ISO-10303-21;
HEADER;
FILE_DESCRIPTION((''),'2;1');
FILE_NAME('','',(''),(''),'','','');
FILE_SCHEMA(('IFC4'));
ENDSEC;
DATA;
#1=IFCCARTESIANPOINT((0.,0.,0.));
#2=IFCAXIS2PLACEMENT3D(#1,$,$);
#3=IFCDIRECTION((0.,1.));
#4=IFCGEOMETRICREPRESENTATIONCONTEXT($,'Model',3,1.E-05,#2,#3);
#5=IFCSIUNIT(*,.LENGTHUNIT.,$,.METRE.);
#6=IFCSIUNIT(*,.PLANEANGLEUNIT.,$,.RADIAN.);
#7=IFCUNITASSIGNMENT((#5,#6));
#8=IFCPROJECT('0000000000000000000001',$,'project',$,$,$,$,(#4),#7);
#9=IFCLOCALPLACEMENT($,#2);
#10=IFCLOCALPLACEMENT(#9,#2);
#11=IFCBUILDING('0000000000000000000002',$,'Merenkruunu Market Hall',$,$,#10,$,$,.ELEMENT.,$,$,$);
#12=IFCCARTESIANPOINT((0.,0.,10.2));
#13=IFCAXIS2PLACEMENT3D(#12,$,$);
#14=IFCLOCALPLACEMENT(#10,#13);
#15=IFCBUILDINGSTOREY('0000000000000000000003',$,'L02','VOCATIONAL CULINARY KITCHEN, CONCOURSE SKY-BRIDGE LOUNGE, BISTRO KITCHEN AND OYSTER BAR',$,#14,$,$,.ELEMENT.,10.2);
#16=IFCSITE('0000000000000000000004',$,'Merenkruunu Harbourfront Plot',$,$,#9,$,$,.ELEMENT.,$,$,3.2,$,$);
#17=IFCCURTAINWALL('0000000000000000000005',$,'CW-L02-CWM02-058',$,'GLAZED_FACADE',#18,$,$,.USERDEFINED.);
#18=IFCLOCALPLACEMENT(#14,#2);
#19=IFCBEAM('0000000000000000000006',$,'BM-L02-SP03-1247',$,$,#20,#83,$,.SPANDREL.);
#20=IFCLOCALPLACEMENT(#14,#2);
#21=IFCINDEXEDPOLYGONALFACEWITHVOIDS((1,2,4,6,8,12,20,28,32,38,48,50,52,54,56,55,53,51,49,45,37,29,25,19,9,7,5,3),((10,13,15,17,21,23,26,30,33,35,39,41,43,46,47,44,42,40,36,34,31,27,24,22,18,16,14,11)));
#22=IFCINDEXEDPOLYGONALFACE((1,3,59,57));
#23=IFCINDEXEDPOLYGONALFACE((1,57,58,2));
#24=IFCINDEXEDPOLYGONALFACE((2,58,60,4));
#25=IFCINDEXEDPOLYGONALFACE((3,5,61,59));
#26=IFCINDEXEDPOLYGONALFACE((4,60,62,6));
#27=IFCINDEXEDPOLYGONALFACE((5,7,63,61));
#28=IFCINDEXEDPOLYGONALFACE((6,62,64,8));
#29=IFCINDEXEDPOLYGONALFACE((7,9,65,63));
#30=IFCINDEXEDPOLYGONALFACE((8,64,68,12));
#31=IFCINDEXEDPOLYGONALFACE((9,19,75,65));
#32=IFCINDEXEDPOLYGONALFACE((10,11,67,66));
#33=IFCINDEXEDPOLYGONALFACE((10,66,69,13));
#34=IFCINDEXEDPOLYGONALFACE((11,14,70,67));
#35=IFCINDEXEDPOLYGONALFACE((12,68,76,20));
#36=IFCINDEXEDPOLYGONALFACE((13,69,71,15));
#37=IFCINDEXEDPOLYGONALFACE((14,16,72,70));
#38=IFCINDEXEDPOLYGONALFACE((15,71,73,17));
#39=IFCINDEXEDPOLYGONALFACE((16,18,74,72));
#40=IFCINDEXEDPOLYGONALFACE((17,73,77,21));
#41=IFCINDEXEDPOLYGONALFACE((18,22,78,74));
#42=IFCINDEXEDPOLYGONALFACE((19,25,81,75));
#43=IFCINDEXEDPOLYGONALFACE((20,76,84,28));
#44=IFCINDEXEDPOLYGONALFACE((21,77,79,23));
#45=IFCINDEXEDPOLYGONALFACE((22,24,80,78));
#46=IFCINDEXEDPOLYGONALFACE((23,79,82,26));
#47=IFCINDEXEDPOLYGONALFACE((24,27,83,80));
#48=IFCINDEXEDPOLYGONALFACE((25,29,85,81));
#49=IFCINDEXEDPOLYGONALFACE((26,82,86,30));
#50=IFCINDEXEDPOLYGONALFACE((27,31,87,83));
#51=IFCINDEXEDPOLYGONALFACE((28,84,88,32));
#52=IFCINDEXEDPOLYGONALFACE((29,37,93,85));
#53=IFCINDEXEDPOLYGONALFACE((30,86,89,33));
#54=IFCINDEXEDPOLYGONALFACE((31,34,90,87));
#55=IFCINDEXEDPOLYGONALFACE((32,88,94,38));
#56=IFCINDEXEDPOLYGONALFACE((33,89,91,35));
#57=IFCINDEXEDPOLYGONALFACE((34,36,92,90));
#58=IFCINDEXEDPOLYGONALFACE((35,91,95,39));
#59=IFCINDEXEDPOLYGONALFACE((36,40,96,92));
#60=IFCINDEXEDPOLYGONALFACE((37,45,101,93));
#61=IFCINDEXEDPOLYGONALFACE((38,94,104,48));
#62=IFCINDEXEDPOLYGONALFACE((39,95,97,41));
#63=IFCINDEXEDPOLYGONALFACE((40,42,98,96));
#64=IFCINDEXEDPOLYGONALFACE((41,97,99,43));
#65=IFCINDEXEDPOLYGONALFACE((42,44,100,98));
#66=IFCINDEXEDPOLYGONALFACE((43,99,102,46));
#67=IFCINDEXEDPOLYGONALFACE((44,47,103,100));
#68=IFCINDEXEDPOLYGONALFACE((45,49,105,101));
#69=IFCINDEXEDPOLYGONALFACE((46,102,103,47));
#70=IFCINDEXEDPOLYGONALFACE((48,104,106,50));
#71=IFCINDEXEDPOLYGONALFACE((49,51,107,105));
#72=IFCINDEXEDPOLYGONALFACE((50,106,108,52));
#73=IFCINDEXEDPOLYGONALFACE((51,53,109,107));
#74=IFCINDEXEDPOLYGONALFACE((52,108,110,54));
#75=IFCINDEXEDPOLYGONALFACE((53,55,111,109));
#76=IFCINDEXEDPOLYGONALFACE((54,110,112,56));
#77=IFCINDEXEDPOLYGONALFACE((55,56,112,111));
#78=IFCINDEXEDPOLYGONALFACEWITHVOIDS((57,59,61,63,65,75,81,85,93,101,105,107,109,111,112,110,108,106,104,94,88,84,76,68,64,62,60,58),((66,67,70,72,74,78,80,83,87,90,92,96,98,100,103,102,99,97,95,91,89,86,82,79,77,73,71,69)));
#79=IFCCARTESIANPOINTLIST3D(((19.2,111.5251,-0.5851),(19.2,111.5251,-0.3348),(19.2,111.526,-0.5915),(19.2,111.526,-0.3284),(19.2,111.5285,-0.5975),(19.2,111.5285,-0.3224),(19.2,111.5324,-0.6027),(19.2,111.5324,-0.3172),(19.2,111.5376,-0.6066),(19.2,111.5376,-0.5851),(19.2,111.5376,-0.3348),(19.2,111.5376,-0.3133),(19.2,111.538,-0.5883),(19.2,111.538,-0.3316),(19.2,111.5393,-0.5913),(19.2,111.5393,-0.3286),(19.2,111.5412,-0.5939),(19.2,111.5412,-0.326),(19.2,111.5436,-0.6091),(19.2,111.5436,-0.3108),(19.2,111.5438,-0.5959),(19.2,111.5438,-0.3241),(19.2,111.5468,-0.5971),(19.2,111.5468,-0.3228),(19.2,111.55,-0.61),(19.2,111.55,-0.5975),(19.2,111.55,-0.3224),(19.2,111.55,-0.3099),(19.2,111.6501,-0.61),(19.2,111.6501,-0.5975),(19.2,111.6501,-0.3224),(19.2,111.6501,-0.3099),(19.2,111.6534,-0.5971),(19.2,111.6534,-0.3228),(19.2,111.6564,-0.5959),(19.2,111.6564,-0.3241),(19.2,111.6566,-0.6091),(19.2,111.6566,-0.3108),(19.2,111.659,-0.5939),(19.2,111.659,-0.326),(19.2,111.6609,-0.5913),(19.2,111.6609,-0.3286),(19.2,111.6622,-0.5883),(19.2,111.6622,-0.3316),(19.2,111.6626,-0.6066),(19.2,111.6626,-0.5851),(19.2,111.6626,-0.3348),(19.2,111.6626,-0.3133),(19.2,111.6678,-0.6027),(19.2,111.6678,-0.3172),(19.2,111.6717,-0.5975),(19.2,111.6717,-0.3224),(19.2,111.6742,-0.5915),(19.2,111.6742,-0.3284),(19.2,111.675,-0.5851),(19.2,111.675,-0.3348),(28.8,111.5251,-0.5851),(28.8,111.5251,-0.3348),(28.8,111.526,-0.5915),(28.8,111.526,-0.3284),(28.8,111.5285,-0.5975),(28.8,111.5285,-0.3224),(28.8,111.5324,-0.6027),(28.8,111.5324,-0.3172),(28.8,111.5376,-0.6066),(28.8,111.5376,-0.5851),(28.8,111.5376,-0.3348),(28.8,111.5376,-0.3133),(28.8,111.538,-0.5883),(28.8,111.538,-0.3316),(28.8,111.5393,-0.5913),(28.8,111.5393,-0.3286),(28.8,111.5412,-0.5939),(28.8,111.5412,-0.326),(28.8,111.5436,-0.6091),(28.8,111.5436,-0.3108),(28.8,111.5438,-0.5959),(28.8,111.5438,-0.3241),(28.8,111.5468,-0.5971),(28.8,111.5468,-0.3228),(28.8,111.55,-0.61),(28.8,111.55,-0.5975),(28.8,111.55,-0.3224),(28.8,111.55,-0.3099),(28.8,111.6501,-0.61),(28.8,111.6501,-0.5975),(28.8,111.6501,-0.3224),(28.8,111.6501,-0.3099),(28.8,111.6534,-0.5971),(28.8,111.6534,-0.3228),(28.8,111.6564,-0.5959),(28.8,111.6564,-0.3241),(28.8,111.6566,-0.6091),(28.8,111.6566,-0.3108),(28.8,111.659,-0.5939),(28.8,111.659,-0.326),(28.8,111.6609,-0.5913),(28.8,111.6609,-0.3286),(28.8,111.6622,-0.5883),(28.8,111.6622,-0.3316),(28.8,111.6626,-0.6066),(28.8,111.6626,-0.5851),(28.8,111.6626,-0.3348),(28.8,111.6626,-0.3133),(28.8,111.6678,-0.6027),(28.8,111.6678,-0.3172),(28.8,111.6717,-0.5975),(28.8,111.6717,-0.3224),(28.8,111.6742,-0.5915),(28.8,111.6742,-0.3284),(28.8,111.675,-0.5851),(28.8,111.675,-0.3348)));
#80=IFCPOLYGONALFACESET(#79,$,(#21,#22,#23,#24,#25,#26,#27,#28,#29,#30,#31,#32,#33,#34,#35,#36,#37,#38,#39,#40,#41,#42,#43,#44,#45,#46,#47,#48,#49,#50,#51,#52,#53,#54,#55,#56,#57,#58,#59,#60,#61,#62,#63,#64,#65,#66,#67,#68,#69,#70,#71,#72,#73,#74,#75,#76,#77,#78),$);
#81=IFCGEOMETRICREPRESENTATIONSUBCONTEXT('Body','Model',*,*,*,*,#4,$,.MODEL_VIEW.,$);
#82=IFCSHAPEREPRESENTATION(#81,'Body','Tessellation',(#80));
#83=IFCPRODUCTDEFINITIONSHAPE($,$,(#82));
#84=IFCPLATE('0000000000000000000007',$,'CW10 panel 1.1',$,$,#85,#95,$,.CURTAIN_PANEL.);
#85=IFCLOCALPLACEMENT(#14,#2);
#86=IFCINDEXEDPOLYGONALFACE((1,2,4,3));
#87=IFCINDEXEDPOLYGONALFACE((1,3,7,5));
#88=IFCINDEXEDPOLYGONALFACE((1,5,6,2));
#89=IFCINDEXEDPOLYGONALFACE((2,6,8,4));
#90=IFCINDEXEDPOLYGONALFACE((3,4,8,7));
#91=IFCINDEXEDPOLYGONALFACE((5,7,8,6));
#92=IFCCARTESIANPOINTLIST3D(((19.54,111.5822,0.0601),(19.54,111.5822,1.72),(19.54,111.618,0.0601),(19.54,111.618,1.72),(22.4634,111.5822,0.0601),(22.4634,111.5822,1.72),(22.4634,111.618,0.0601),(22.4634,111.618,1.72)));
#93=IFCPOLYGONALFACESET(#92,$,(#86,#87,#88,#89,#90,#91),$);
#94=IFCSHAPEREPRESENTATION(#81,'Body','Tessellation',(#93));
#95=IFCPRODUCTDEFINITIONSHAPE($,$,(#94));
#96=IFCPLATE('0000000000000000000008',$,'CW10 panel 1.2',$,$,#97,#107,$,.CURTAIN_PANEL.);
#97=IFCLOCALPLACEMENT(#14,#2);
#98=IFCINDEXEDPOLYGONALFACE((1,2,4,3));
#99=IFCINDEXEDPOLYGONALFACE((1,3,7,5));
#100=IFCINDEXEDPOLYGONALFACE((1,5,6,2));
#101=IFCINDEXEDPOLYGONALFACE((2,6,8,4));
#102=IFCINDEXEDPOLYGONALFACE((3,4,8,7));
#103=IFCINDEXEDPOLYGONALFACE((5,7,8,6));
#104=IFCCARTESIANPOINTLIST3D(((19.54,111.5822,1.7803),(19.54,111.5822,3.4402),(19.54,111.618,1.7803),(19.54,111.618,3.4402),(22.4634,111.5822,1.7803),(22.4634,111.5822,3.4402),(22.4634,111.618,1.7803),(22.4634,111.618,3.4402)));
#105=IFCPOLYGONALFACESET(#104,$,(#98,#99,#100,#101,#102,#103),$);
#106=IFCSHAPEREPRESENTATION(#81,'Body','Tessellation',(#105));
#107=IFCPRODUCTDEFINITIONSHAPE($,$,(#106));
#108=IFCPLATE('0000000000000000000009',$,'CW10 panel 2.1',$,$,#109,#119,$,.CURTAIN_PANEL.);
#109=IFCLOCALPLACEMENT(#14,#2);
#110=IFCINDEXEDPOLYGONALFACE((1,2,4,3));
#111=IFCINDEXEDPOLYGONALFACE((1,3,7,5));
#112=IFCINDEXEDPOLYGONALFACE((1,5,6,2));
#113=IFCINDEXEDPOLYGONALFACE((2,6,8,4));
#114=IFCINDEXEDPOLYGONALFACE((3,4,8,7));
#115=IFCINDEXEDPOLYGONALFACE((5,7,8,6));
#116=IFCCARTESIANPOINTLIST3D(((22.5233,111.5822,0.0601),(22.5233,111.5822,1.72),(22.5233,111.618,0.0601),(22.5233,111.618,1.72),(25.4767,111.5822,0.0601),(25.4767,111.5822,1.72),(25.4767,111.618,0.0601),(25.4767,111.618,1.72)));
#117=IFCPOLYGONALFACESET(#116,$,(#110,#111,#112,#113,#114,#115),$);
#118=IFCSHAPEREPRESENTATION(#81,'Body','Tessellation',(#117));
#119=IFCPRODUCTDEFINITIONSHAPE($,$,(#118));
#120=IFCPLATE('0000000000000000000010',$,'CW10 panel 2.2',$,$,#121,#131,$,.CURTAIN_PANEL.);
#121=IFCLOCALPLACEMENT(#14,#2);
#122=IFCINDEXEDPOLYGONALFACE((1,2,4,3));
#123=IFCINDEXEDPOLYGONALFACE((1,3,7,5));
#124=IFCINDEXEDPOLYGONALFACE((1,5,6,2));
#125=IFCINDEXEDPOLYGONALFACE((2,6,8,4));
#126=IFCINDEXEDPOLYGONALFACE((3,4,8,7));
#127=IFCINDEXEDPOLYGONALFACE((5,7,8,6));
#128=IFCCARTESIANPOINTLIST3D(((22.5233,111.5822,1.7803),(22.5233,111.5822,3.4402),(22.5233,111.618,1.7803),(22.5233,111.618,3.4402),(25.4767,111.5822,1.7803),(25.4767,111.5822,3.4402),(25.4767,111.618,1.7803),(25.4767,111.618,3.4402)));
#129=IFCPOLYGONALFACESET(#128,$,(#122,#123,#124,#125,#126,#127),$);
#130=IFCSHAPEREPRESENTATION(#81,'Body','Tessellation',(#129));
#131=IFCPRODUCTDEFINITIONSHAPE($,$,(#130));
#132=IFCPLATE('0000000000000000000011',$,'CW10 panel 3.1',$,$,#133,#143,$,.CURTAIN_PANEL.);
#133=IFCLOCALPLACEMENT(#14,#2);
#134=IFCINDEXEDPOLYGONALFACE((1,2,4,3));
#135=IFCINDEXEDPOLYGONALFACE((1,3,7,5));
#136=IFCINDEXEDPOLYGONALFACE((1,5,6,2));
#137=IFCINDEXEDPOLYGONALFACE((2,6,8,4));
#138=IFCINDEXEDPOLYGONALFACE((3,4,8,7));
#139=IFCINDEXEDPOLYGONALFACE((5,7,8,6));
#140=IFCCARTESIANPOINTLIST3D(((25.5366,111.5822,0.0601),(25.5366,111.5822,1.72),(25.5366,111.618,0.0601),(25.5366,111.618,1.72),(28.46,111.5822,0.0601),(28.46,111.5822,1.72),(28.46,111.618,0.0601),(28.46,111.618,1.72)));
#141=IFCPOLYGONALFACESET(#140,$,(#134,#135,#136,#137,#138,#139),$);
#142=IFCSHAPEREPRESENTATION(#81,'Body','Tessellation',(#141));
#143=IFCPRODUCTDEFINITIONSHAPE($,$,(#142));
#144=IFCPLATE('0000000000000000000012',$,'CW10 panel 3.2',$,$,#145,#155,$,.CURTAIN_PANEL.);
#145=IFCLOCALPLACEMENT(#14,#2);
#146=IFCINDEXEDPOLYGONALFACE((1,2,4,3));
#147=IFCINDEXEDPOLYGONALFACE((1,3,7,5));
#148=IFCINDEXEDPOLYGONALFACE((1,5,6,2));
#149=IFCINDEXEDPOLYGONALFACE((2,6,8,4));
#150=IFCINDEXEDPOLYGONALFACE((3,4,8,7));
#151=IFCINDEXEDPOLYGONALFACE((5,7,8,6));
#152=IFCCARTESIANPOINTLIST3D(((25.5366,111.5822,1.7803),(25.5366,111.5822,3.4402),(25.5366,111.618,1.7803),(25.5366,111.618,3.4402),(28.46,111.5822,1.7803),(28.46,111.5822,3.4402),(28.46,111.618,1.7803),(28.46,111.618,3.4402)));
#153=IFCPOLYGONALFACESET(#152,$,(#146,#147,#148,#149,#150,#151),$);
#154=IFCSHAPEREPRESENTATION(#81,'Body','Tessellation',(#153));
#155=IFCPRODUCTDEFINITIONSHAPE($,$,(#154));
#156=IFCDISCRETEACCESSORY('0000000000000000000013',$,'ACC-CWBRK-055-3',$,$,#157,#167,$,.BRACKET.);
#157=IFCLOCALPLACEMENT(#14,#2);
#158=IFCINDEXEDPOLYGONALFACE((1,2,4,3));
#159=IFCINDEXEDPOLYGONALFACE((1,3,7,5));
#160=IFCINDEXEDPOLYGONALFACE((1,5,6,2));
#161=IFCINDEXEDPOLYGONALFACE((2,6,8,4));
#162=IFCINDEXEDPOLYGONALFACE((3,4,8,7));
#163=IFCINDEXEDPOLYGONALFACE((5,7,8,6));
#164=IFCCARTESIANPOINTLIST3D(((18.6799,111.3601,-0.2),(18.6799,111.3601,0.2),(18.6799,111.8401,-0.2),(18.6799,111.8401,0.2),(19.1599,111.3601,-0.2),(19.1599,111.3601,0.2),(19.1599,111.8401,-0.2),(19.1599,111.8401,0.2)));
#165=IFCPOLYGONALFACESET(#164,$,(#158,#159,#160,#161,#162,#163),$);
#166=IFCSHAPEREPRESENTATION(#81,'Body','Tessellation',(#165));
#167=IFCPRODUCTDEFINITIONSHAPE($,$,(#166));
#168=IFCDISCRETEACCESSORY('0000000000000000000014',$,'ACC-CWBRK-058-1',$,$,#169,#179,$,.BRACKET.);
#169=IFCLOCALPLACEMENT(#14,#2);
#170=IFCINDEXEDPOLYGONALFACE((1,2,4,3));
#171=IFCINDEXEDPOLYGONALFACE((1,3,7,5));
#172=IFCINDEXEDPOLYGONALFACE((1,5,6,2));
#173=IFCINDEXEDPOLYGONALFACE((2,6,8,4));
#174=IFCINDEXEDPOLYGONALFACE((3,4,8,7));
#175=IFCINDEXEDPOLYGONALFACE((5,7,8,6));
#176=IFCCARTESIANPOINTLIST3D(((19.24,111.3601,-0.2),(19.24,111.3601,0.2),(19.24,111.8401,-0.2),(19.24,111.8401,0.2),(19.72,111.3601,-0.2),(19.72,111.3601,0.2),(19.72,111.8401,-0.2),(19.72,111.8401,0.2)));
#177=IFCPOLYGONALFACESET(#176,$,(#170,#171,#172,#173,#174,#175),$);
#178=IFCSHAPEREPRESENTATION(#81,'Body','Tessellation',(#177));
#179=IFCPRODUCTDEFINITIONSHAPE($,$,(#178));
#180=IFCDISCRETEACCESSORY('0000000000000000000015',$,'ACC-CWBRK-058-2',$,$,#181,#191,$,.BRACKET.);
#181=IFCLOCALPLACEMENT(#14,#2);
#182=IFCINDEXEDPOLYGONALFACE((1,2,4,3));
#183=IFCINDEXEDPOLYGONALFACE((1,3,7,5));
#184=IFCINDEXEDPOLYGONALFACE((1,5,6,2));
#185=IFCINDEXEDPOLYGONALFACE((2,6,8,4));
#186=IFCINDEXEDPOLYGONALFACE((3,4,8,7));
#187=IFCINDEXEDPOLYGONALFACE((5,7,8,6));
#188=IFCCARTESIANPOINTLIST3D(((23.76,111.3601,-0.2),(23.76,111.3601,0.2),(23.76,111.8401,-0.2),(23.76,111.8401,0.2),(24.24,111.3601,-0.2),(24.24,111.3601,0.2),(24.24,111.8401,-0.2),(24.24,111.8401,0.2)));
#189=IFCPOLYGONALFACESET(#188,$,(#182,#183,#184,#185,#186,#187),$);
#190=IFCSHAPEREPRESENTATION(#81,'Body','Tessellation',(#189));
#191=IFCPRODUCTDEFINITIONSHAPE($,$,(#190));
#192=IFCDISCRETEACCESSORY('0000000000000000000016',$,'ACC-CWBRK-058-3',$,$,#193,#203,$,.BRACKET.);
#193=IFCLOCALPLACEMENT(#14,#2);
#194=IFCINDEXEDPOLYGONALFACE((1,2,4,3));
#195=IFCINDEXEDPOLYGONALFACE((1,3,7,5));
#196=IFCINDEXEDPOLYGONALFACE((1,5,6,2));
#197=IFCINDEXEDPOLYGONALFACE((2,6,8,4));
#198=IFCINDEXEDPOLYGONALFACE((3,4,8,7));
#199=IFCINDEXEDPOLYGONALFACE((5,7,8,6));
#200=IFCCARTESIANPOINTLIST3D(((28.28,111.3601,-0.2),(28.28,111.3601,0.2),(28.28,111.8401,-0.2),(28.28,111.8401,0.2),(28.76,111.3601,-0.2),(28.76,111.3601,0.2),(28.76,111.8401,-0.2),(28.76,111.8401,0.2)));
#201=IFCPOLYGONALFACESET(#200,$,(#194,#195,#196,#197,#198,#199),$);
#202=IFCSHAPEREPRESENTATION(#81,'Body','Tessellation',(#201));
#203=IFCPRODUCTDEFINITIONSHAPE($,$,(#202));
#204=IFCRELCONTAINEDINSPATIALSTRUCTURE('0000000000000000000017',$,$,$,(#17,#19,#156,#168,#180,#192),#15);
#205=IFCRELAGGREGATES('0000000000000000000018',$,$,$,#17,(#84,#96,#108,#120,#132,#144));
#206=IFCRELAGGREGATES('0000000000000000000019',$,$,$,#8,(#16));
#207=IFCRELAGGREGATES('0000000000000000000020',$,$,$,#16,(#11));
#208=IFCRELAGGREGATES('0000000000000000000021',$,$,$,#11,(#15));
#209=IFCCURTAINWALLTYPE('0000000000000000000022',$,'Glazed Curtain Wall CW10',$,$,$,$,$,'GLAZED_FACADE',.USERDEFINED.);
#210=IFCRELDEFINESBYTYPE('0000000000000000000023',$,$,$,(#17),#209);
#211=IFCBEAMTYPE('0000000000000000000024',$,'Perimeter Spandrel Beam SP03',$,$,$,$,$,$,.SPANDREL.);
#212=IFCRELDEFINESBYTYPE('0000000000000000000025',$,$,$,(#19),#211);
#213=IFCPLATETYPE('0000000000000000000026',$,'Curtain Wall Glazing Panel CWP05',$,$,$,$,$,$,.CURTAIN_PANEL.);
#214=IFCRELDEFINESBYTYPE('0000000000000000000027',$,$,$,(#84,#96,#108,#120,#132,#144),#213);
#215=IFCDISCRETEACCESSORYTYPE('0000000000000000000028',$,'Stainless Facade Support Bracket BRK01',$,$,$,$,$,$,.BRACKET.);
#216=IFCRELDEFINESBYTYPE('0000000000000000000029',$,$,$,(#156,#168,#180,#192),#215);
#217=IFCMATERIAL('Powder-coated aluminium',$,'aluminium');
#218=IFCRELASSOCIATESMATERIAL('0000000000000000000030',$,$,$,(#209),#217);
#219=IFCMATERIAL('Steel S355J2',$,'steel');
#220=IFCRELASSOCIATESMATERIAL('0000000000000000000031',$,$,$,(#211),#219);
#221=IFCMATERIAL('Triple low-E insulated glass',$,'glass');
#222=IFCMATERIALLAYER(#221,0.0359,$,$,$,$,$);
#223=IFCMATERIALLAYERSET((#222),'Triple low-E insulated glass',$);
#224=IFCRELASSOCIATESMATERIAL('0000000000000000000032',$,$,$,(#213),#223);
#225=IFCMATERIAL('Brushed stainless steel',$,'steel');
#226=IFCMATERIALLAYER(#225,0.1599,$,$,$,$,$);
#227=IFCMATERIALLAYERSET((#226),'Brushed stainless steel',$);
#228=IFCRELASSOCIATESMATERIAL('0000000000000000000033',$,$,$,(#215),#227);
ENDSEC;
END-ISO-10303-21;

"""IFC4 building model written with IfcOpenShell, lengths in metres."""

from ifc_helpers import new_model, si_unit, direction, frame, origin, origin_2d, place, context, subcontext, project, spatial, rectangle, hollow_rectangle, extrude, material, layer, layer_set, material_profile, profile_set, type_object, element, aggregate, save


model = new_model("IFC4")

# Units and contexts
model_context = context("Model", 3, precision=1e-05, world=origin(), true_north=direction((0.0, 1.0)))
body_context = subcontext(model_context, "Body", "Model", "MODEL_VIEW")
ifc_project = project(units=[si_unit("LENGTHUNIT", "METRE"), si_unit("PLANEANGLEUNIT", "RADIAN")], contexts=[model_context])

# Site, building, storey
site_placement = place(None, origin())
site = spatial("IfcSite", under=ifc_project, at=site_placement, Name="Merenkruunu Harbourfront Plot", CompositionType="ELEMENT", RefElevation=3.2)
building_placement = place(site_placement, origin())
building = spatial("IfcBuilding", under=site, at=building_placement, Name="Merenkruunu Market Hall", CompositionType="ELEMENT")
storey_placement = place(building_placement, frame((0.0, 0.0, 10.2)))
storey = spatial("IfcBuildingStorey", under=building, at=storey_placement, Name="L02", Description="VOCATIONAL CULINARY KITCHEN, CONCOURSE SKY-BRIDGE LOUNGE, BISTRO KITCHEN AND OYSTER BAR", CompositionType="ELEMENT", Elevation=10.2)

# Shared definitions
ifc_material_1 = material(Name="Steel S355J2", Category="steel")

# Curtain wall
ifc_material_2 = material(Name="Powder-coated aluminium", Category="aluminium")
curtain_wall_type = type_object("IfcCurtainWallType", Name="Glazed Curtain Wall CW10", ElementType="GLAZED_FACADE", PredefinedType="USERDEFINED", material=ifc_material_2)
curtain_wall_placement = place(storey_placement, origin())
curtain_wall = element("IfcCurtainWall", 1, at=curtain_wall_placement, inside=storey, type_object=curtain_wall_type, Name="CW-L02-CWM02-058", ObjectType="GLAZED_FACADE", PredefinedType="USERDEFINED")

# Beam
ifc_material_profile_1 = material_profile(ifc_material_1, hollow_rectangle(XDim=0.1499, YDim=0.3, WallThickness=0.0125, InnerFilletRadius=0.0125, OuterFilletRadius=0.0249, at=origin_2d()), Name="RHS 300x150x12.5")
ifc_profile_set_1 = profile_set([ifc_material_profile_1], Name="Steel S355J2")
beam_type = type_object("IfcBeamType", Name="Perimeter Spandrel Beam SP03", PredefinedType="SPANDREL", material=ifc_profile_set_1)
beam_placement = place(storey_placement, frame((19.2, 111.6001, -0.46), z_axis=(1.0, 0.0, 0.0), x_axis=(0.0, 1.0, 0.0)))
element("IfcBeam", 2, at=beam_placement, inside=storey, type_object=beam_type, Name="BM-L02-SP03-1247", PredefinedType="SPANDREL", context=body_context, shape_type="SweptSolid", body=[
    extrude(hollow_rectangle(XDim=0.1499, YDim=0.3, WallThickness=0.0125, InnerFilletRadius=0.0125, OuterFilletRadius=0.0249, at=origin_2d()), origin(), (0.0, 0.0, 1.0), 9.6001),
])

# Plates
ifc_material_3 = material(Name="Triple low-E insulated glass", Category="glass")
ifc_layer_1 = layer(ifc_material_3, 0.0359)
ifc_layer_set_1 = layer_set([ifc_layer_1], Name="Triple low-E insulated glass")
plate_type = type_object("IfcPlateType", Name="Curtain Wall Glazing Panel CWP05", PredefinedType="CURTAIN_PANEL", material=ifc_layer_set_1)
plate_1_placement = place(storey_placement, frame((21.0017, 111.6001, 0.0601), z_axis=(0.0, 0.0, 1.0), x_axis=(1.0, 0.0, 0.0)))
plate_1 = element("IfcPlate", 3, at=plate_1_placement, type_object=plate_type, Name="CW10 panel 1.1", PredefinedType="CURTAIN_PANEL", context=body_context, shape_type="SweptSolid", body=[
    extrude(rectangle(XDim=2.9233, YDim=0.0359, at=origin_2d()), origin(), (0.0, 0.0, 1.0), 1.6599),
])
plate_2_placement = place(storey_placement, frame((21.0017, 111.6001, 1.7803), z_axis=(0.0, 0.0, 1.0), x_axis=(1.0, 0.0, 0.0)))
plate_2 = element("IfcPlate", 4, at=plate_2_placement, type_object=plate_type, Name="CW10 panel 1.2", PredefinedType="CURTAIN_PANEL", context=body_context, shape_type="SweptSolid", body=[
    extrude(rectangle(XDim=2.9233, YDim=0.0359, at=origin_2d()), origin(), (0.0, 0.0, 1.0), 1.6599),
])
plate_3_placement = place(storey_placement, frame((24.0, 111.6001, 0.0601), z_axis=(0.0, 0.0, 1.0), x_axis=(1.0, 0.0, 0.0)))
plate_3 = element("IfcPlate", 5, at=plate_3_placement, type_object=plate_type, Name="CW10 panel 2.1", PredefinedType="CURTAIN_PANEL", context=body_context, shape_type="SweptSolid", body=[
    extrude(rectangle(XDim=2.9534, YDim=0.0359, at=origin_2d()), origin(), (0.0, 0.0, 1.0), 1.6599),
])
plate_4_placement = place(storey_placement, frame((24.0, 111.6001, 1.7803), z_axis=(0.0, 0.0, 1.0), x_axis=(1.0, 0.0, 0.0)))
plate_4 = element("IfcPlate", 6, at=plate_4_placement, type_object=plate_type, Name="CW10 panel 2.2", PredefinedType="CURTAIN_PANEL", context=body_context, shape_type="SweptSolid", body=[
    extrude(rectangle(XDim=2.9534, YDim=0.0359, at=origin_2d()), origin(), (0.0, 0.0, 1.0), 1.6599),
])
plate_5_placement = place(storey_placement, frame((26.9983, 111.6001, 0.0601), z_axis=(0.0, 0.0, 1.0), x_axis=(1.0, 0.0, 0.0)))
plate_5 = element("IfcPlate", 7, at=plate_5_placement, type_object=plate_type, Name="CW10 panel 3.1", PredefinedType="CURTAIN_PANEL", context=body_context, shape_type="SweptSolid", body=[
    extrude(rectangle(XDim=2.9233, YDim=0.0359, at=origin_2d()), origin(), (0.0, 0.0, 1.0), 1.6599),
])
plate_6_placement = place(storey_placement, frame((26.9983, 111.6001, 1.7803), z_axis=(0.0, 0.0, 1.0), x_axis=(1.0, 0.0, 0.0)))
plate_6 = element("IfcPlate", 8, at=plate_6_placement, type_object=plate_type, Name="CW10 panel 3.2", PredefinedType="CURTAIN_PANEL", context=body_context, shape_type="SweptSolid", body=[
    extrude(rectangle(XDim=2.9233, YDim=0.0359, at=origin_2d()), origin(), (0.0, 0.0, 1.0), 1.6599),
])
aggregate(curtain_wall, [plate_1, plate_2, plate_3, plate_4, plate_5, plate_6])

# Discrete accessories
ifc_material_4 = material(Name="Brushed stainless steel", Category="steel")
ifc_layer_2 = layer(ifc_material_4, 0.1599)
ifc_layer_set_2 = layer_set([ifc_layer_2], Name="Brushed stainless steel")
discrete_accessory_type = type_object("IfcDiscreteAccessoryType", Name="Stainless Facade Support Bracket BRK01", PredefinedType="BRACKET", material=ifc_layer_set_2)
for number, where, z_axis, x_axis, name in (
    (9, (18.9199, 111.6001, -0.2), (0.0, 0.0, 1.0), (1.0, 0.0, 0.0), "ACC-CWBRK-055-3"),
    (10, (19.48, 111.6001, -0.2), (0.0, 0.0, 1.0), (1.0, 0.0, 0.0), "ACC-CWBRK-058-1"),
    (11, (24.0, 111.6001, -0.2), (0.0, 0.0, 1.0), (1.0, 0.0, 0.0), "ACC-CWBRK-058-2"),
    (12, (28.52, 111.6001, -0.2), (0.0, 0.0, 1.0), (1.0, 0.0, 0.0), "ACC-CWBRK-058-3"),
):
    element("IfcDiscreteAccessory", number, at=place(storey_placement, frame(where, z_axis=z_axis, x_axis=x_axis)), inside=storey, type_object=discrete_accessory_type, Name=name, PredefinedType="BRACKET", context=body_context, shape_type="SweptSolid", body=[
        extrude(rectangle(XDim=0.48, YDim=0.48, at=origin_2d()), origin(), (0.0, 0.0, 1.0), 0.3999),
    ])

save(model, "model.ifc")
